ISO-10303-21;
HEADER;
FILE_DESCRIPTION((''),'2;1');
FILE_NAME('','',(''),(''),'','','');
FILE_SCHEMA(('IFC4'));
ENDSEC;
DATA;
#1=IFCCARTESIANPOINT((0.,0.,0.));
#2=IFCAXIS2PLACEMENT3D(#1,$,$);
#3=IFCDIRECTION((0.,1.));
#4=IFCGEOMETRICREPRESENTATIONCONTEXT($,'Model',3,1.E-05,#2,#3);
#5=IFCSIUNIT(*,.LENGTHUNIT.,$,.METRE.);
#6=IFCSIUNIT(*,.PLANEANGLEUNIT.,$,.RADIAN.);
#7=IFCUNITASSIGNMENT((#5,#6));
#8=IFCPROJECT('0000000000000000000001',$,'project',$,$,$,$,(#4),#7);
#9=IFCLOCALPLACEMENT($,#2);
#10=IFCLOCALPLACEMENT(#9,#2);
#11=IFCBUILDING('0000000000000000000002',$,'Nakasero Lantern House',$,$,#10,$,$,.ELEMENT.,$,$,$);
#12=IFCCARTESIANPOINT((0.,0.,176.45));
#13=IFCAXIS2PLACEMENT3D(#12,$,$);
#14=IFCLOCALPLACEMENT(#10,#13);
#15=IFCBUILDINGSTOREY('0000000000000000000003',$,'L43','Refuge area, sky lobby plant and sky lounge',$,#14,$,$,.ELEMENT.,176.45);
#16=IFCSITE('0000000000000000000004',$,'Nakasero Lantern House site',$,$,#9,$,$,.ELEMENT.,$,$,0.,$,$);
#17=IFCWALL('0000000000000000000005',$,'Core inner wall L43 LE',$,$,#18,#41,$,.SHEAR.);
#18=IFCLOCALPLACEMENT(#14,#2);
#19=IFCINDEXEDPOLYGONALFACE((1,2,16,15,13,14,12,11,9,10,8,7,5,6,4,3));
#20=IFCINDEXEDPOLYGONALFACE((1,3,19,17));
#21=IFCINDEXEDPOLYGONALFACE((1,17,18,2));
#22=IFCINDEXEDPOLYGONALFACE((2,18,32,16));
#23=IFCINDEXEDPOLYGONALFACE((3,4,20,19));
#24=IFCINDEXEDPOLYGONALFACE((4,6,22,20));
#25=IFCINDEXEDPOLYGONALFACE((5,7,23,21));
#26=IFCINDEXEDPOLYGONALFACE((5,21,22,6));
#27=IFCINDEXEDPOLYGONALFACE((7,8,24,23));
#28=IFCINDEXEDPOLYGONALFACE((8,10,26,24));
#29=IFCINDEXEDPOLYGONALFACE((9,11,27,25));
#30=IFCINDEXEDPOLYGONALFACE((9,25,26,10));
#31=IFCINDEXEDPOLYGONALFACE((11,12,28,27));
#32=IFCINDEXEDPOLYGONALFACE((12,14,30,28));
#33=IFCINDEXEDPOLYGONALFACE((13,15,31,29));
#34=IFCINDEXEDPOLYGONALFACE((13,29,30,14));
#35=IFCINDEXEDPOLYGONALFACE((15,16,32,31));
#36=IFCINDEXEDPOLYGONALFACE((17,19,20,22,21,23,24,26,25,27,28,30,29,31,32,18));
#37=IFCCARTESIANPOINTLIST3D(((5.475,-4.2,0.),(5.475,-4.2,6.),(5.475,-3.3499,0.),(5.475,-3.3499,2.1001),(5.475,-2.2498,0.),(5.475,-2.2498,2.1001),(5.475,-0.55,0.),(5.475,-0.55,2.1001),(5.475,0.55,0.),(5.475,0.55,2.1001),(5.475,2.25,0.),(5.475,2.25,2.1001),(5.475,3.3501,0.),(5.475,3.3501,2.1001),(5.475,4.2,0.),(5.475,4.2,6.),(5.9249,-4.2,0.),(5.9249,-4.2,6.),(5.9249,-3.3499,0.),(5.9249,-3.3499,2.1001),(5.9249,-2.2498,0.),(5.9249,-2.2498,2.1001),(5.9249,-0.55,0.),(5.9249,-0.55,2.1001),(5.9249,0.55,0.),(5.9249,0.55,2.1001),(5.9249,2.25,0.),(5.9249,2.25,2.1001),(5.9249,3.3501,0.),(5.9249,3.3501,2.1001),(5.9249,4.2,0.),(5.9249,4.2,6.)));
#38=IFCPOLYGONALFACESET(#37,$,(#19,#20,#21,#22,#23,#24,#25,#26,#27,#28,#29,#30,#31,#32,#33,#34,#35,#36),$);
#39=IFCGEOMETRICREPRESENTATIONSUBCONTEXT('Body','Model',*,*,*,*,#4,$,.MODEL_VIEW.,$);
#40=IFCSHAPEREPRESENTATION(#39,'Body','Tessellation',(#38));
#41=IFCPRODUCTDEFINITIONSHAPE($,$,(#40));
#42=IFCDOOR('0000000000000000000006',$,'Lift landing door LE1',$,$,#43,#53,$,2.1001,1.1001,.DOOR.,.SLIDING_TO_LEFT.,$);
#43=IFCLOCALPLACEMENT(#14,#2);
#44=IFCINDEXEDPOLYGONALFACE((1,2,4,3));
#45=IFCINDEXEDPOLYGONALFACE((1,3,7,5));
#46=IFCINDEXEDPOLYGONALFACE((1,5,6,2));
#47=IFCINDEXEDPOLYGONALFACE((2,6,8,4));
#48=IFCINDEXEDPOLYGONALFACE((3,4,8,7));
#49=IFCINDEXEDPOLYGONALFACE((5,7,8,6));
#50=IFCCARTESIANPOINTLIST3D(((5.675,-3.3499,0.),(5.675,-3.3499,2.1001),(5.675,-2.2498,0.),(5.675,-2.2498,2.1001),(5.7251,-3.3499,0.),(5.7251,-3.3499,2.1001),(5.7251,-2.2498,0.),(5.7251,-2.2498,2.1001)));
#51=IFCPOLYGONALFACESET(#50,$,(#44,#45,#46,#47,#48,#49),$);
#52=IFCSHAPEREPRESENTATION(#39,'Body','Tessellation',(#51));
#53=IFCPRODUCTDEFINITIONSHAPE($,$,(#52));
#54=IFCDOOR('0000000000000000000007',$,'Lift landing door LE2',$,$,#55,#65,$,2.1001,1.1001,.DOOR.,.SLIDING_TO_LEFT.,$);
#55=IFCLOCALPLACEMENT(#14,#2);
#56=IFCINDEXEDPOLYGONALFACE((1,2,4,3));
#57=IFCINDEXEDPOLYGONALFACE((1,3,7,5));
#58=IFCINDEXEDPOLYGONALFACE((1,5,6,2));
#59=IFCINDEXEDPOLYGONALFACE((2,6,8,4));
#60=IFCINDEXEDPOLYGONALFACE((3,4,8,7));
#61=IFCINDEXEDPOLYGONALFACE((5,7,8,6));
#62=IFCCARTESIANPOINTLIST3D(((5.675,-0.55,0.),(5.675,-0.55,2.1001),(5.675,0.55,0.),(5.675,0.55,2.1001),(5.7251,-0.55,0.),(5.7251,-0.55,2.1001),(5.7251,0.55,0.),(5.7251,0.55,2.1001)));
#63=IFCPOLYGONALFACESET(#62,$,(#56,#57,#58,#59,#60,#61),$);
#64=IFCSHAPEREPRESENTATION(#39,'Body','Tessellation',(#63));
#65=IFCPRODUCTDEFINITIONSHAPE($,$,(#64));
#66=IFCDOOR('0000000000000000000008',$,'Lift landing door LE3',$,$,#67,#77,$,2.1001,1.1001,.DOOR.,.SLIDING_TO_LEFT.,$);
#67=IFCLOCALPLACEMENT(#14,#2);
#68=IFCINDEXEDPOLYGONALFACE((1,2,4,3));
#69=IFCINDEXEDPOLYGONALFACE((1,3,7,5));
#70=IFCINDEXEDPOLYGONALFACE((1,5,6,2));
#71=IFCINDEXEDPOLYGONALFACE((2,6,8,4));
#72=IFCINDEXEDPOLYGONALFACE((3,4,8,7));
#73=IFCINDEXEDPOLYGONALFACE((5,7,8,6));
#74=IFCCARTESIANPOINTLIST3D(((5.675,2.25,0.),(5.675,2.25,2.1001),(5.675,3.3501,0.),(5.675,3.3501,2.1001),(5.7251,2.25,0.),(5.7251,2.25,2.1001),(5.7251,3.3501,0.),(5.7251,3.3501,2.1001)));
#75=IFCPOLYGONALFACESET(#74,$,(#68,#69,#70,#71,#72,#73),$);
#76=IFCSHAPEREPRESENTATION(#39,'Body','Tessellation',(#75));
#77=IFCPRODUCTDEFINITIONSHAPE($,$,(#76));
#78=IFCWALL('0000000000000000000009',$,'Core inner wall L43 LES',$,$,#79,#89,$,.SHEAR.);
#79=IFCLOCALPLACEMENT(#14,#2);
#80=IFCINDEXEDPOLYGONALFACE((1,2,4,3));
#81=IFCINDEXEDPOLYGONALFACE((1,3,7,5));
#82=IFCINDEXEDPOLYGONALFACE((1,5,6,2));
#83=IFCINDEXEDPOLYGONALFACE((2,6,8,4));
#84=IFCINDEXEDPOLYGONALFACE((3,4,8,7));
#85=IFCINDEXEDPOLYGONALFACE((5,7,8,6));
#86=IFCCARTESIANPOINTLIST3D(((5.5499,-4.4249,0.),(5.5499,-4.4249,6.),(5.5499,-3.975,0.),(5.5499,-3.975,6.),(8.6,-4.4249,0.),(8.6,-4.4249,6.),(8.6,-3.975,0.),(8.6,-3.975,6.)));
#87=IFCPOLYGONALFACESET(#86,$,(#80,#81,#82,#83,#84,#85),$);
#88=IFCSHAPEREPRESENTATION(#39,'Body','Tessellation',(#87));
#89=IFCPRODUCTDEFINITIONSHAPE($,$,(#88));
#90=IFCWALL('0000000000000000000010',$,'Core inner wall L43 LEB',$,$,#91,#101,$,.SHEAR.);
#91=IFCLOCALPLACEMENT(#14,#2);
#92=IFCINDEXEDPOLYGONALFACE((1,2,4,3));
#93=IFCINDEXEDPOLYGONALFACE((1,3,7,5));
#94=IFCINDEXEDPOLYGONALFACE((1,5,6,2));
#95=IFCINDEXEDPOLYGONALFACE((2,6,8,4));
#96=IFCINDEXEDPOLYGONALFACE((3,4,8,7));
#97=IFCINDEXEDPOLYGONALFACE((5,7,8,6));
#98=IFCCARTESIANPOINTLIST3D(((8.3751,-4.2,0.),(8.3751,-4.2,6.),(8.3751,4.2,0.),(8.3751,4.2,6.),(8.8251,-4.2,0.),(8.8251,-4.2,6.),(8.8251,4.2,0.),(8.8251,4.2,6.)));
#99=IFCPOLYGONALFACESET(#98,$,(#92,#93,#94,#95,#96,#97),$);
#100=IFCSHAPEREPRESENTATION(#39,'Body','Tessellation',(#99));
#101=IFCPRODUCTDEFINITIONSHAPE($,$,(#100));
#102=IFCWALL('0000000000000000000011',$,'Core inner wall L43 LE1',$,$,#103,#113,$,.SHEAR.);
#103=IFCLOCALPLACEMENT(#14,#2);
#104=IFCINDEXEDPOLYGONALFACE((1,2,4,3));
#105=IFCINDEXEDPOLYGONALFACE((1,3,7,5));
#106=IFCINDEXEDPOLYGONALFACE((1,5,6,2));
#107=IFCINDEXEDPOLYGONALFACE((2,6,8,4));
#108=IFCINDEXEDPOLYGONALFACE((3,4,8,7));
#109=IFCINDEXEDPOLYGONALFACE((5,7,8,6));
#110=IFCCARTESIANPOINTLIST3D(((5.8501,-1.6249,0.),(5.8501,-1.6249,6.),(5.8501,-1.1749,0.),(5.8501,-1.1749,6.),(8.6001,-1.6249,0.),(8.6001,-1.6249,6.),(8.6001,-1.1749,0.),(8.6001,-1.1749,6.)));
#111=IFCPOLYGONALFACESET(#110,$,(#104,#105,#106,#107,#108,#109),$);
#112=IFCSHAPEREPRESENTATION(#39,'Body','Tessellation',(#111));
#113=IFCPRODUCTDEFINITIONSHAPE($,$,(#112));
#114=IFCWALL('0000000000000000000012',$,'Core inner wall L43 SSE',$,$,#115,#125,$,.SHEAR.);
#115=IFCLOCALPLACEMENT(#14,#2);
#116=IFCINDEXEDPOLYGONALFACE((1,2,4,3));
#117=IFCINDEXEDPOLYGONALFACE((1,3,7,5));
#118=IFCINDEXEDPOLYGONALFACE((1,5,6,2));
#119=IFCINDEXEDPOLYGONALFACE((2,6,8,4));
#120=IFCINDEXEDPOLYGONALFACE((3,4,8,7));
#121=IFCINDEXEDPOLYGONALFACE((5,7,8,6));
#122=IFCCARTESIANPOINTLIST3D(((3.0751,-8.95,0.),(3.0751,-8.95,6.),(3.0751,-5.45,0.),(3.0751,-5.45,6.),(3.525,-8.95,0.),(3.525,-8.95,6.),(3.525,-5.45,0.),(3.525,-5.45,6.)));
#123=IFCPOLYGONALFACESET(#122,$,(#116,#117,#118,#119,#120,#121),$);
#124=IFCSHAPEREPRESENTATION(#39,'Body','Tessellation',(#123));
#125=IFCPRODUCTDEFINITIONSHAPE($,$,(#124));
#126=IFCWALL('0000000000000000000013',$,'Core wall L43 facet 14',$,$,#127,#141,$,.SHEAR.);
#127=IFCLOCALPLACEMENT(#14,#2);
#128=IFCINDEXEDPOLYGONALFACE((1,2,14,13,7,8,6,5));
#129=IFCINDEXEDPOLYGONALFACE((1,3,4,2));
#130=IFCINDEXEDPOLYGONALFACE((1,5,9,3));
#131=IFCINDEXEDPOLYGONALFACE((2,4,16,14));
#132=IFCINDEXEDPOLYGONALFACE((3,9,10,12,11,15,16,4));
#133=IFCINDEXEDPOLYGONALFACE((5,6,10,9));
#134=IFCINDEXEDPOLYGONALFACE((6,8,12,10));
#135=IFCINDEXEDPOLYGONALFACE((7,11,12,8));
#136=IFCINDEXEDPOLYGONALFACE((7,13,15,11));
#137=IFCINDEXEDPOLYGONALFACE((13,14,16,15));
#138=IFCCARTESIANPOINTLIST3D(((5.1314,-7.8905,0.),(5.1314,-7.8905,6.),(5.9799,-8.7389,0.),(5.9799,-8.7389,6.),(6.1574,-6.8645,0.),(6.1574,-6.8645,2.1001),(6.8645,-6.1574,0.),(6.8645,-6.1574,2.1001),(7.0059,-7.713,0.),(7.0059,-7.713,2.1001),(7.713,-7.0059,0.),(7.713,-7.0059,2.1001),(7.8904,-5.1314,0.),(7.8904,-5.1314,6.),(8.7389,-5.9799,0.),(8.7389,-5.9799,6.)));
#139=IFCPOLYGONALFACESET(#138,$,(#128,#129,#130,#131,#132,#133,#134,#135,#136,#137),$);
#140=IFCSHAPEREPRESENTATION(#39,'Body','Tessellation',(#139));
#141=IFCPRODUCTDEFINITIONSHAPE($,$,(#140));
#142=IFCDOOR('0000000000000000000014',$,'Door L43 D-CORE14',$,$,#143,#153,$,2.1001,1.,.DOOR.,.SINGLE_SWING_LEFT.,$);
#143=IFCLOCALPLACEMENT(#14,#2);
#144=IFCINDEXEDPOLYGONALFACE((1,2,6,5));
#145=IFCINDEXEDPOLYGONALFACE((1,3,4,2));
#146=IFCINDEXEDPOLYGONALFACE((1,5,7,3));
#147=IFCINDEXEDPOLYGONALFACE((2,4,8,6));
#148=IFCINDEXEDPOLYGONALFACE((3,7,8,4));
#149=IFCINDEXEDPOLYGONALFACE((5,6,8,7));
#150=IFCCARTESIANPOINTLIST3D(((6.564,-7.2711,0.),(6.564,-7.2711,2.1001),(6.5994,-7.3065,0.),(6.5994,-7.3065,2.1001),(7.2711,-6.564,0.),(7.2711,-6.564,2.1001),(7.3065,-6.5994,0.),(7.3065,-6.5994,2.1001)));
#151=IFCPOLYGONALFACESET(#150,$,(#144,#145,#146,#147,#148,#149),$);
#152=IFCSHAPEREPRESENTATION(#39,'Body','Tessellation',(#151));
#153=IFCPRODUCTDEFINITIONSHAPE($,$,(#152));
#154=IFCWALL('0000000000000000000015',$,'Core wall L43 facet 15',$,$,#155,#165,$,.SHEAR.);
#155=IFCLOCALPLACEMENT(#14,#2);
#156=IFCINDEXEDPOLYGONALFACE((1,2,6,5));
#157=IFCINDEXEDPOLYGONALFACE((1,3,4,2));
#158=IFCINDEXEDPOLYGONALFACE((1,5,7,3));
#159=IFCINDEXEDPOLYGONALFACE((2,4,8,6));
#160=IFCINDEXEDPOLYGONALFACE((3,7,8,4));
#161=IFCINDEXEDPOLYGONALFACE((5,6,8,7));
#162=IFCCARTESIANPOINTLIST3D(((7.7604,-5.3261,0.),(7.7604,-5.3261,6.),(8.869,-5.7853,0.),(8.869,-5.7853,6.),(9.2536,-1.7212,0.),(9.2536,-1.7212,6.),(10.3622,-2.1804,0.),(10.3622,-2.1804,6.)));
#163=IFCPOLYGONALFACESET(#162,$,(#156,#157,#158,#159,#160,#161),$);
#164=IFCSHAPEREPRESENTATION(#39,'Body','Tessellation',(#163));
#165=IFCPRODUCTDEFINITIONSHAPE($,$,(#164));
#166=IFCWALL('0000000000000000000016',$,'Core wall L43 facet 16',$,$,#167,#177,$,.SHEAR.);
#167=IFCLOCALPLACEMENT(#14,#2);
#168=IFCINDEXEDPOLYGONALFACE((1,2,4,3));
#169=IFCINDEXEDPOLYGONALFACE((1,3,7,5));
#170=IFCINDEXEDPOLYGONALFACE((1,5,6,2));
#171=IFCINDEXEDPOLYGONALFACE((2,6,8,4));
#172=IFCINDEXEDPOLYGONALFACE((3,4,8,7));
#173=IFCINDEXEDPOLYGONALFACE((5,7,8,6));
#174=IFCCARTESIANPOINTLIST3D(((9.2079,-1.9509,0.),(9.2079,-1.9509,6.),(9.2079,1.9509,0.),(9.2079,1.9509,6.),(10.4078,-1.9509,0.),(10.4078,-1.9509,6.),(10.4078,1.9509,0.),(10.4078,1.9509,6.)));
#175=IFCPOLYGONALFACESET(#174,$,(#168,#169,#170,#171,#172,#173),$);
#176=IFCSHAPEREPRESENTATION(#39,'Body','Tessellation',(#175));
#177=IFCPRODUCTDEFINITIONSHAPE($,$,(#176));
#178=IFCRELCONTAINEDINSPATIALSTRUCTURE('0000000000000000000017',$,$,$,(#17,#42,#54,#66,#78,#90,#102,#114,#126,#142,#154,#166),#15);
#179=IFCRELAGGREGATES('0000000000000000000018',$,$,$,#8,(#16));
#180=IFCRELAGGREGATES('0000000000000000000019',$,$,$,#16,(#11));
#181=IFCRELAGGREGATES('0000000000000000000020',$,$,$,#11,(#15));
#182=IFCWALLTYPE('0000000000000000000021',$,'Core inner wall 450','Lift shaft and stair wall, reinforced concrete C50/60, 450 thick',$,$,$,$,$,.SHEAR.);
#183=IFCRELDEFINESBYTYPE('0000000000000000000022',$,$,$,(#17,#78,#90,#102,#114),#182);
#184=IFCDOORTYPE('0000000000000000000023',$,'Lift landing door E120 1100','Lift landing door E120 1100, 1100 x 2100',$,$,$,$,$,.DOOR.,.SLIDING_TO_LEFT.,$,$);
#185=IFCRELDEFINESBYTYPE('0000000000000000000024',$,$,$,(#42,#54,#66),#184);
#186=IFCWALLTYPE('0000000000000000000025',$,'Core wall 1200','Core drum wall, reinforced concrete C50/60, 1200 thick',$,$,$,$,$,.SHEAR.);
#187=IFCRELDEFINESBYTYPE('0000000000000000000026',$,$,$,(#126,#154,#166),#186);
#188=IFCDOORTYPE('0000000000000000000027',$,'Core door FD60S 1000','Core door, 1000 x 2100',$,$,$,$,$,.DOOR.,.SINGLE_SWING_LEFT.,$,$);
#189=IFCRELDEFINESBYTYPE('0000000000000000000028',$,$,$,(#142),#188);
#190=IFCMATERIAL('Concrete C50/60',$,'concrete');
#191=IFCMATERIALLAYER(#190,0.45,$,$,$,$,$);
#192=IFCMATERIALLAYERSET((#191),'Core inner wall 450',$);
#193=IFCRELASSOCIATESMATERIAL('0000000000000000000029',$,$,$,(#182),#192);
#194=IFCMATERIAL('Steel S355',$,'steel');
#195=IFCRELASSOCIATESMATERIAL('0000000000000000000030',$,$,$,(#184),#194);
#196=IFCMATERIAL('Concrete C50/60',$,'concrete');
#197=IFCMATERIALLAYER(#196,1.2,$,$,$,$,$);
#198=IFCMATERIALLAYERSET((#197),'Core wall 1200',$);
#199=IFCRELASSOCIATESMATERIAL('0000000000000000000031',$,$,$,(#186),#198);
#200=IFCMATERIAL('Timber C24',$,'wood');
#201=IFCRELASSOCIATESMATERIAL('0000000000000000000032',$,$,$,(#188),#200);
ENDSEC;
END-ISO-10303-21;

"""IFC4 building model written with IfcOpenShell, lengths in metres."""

from ifc_helpers import new_model, si_unit, direction, frame, frame_2d, origin, place, context, subcontext, project, spatial, rectangle, extrude, material, layer, layer_set, type_object, element, fill, save


model = new_model("IFC4")

# Units and contexts
model_context = context("Model", 3, precision=1e-05, world=origin(), true_north=direction((0.0, 1.0)))
body_context = subcontext(model_context, "Body", "Model", "MODEL_VIEW")
ifc_project = project(units=[si_unit("LENGTHUNIT", "METRE"), si_unit("PLANEANGLEUNIT", "RADIAN")], contexts=[model_context])

# Site, building, storey
site_placement = place(None, origin())
site = spatial("IfcSite", under=ifc_project, at=site_placement, Name="Nakasero Lantern House site", CompositionType="ELEMENT", RefElevation=0.0)
building_placement = place(site_placement, origin())
building = spatial("IfcBuilding", under=site, at=building_placement, Name="Nakasero Lantern House", CompositionType="ELEMENT")
storey_placement = place(building_placement, frame((0.0, 0.0, 176.45)))
storey = spatial("IfcBuildingStorey", under=building, at=storey_placement, Name="L43", Description="Refuge area, sky lobby plant and sky lounge", CompositionType="ELEMENT", Elevation=176.45)

# Wall, openings, doors
ifc_material_1 = material(Name="Concrete C50/60", Category="concrete")
ifc_layer_1 = layer(ifc_material_1, 0.45)
ifc_layer_set_1 = layer_set([ifc_layer_1], Name="Core inner wall 450")
wall_type_1 = type_object("IfcWallType", Name="Core inner wall 450", Description="Lift shaft and stair wall, reinforced concrete C50/60, 450 thick", PredefinedType="SHEAR", material=ifc_layer_set_1)
wall_1_placement = place(storey_placement, frame((5.7, -4.2, 0.0), z_axis=(0.0, 0.0, 1.0), x_axis=(0.0, 1.0, 0.0)))
wall_1 = element("IfcWall", 1, at=wall_1_placement, inside=storey, type_object=wall_type_1, Name="Core inner wall L43 LE", PredefinedType="SHEAR", context=body_context, shape_type="SweptSolid", body=[
    extrude(rectangle(XDim=8.3999, YDim=0.45, at=frame_2d((4.2, 0.0))), origin(), (0.0, 0.0, 1.0), 6.0),
])
opening_1_placement = place(wall_1_placement, frame((0.8501, 0.0, 0.0)))
opening_1 = element("IfcOpeningElement", 2, at=opening_1_placement, cuts=wall_1, PredefinedType="OPENING", context=body_context, shape_type="SweptSolid", body=[
    extrude(rectangle(XDim=1.1001, YDim=2.1001, at=frame_2d((0.55, 1.05))), frame((0.0, 0.2449, 0.0), z_axis=(0.0, -1.0, 0.0), x_axis=(1.0, 0.0, 0.0)), (0.0, 0.0, 1.0), 0.49),
])
opening_2_placement = place(wall_1_placement, frame((3.6499, 0.0, 0.0)))
opening_2 = element("IfcOpeningElement", 3, at=opening_2_placement, cuts=wall_1, PredefinedType="OPENING", context=body_context, shape_type="SweptSolid", body=[
    extrude(rectangle(XDim=1.1001, YDim=2.1001, at=frame_2d((0.55, 1.05))), frame((0.0, 0.2449, 0.0), z_axis=(0.0, -1.0, 0.0), x_axis=(1.0, 0.0, 0.0)), (0.0, 0.0, 1.0), 0.49),
])
opening_3_placement = place(wall_1_placement, frame((6.45, 0.0, 0.0)))
opening_3 = element("IfcOpeningElement", 4, at=opening_3_placement, cuts=wall_1, PredefinedType="OPENING", context=body_context, shape_type="SweptSolid", body=[
    extrude(rectangle(XDim=1.1001, YDim=2.1001, at=frame_2d((0.55, 1.05))), frame((0.0, 0.2449, 0.0), z_axis=(0.0, -1.0, 0.0), x_axis=(1.0, 0.0, 0.0)), (0.0, 0.0, 1.0), 0.49),
])
ifc_material_2 = material(Name="Steel S355", Category="steel")
door_type_1 = type_object("IfcDoorType", Name="Lift landing door E120 1100", Description="Lift landing door E120 1100, 1100 x 2100", OperationType="SLIDING_TO_LEFT", PredefinedType="DOOR", material=ifc_material_2)
door_1_placement = place(opening_1_placement, origin())
door_1 = element("IfcDoor", 5, at=door_1_placement, inside=storey, type_object=door_type_1, Name="Lift landing door LE1", OperationType="SLIDING_TO_LEFT", OverallHeight=2.1001, OverallWidth=1.1001, PredefinedType="DOOR", context=body_context, shape_type="SweptSolid", body=[
    extrude(rectangle(XDim=1.1001, YDim=2.1001, at=frame_2d((0.55, 1.05))), frame((0.0, 0.0249, 0.0), z_axis=(0.0, -1.0, 0.0), x_axis=(1.0, 0.0, 0.0)), (0.0, 0.0, 1.0), 0.05),
])
fill(opening_1, door_1)
door_2_placement = place(opening_2_placement, origin())
door_2 = element("IfcDoor", 6, at=door_2_placement, inside=storey, type_object=door_type_1, Name="Lift landing door LE2", OperationType="SLIDING_TO_LEFT", OverallHeight=2.1001, OverallWidth=1.1001, PredefinedType="DOOR", context=body_context, shape_type="SweptSolid", body=[
    extrude(rectangle(XDim=1.1001, YDim=2.1001, at=frame_2d((0.55, 1.05))), frame((0.0, 0.0249, 0.0), z_axis=(0.0, -1.0, 0.0), x_axis=(1.0, 0.0, 0.0)), (0.0, 0.0, 1.0), 0.05),
])
fill(opening_2, door_2)
door_3_placement = place(opening_3_placement, origin())
door_3 = element("IfcDoor", 7, at=door_3_placement, inside=storey, type_object=door_type_1, Name="Lift landing door LE3", OperationType="SLIDING_TO_LEFT", OverallHeight=2.1001, OverallWidth=1.1001, PredefinedType="DOOR", context=body_context, shape_type="SweptSolid", body=[
    extrude(rectangle(XDim=1.1001, YDim=2.1001, at=frame_2d((0.55, 1.05))), frame((0.0, 0.0249, 0.0), z_axis=(0.0, -1.0, 0.0), x_axis=(1.0, 0.0, 0.0)), (0.0, 0.0, 1.0), 0.05),
])
fill(opening_3, door_3)

# Walls
wall_2_placement = place(storey_placement, frame((5.55, -4.2, 0.0), z_axis=(0.0, 0.0, 1.0), x_axis=(1.0, 0.0, 0.0)))
element("IfcWall", 8, at=wall_2_placement, inside=storey, type_object=wall_type_1, Name="Core inner wall L43 LES", PredefinedType="SHEAR", context=body_context, shape_type="SweptSolid", body=[
    extrude(rectangle(XDim=3.05, YDim=0.45, at=frame_2d((1.5249, 0.0))), origin(), (0.0, 0.0, 1.0), 6.0),
])
wall_3_placement = place(storey_placement, frame((8.6001, -4.2, 0.0), z_axis=(0.0, 0.0, 1.0), x_axis=(0.0, 1.0, 0.0)))
element("IfcWall", 9, at=wall_3_placement, inside=storey, type_object=wall_type_1, Name="Core inner wall L43 LEB", PredefinedType="SHEAR", context=body_context, shape_type="SweptSolid", body=[
    extrude(rectangle(XDim=8.3999, YDim=0.45, at=frame_2d((4.2, 0.0))), origin(), (0.0, 0.0, 1.0), 6.0),
])
wall_4_placement = place(storey_placement, frame((5.8501, -1.3999, 0.0), z_axis=(0.0, 0.0, 1.0), x_axis=(1.0, 0.0, 0.0)))
element("IfcWall", 10, at=wall_4_placement, inside=storey, type_object=wall_type_1, Name="Core inner wall L43 LE1", PredefinedType="SHEAR", context=body_context, shape_type="SweptSolid", body=[
    extrude(rectangle(XDim=2.75, YDim=0.45, at=frame_2d((1.375, 0.0))), origin(), (0.0, 0.0, 1.0), 6.0),
])
wall_5_placement = place(storey_placement, frame((3.3, -5.45, 0.0), z_axis=(0.0, 0.0, 1.0), x_axis=(0.0, -1.0, 0.0)))
element("IfcWall", 11, at=wall_5_placement, inside=storey, type_object=wall_type_1, Name="Core inner wall L43 SSE", PredefinedType="SHEAR", context=body_context, shape_type="SweptSolid", body=[
    extrude(rectangle(XDim=3.5, YDim=0.45, at=frame_2d((1.75, 0.0))), origin(), (0.0, 0.0, 1.0), 6.0),
])

# Wall, opening, door
ifc_material_3 = material(Name="Concrete C50/60", Category="concrete")
ifc_layer_2 = layer(ifc_material_3, 1.2)
ifc_layer_set_2 = layer_set([ifc_layer_2], Name="Core wall 1200")
wall_type_2 = type_object("IfcWallType", Name="Core wall 1200", Description="Core drum wall, reinforced concrete C50/60, 1200 thick", PredefinedType="SHEAR", material=ifc_layer_set_2)
wall_6_placement = place(storey_placement, frame((5.5557, -8.3147, 0.0), z_axis=(0.0, 0.0, 1.0), x_axis=(0.707107, 0.707107, 0.0)))
wall_6 = element("IfcWall", 12, at=wall_6_placement, inside=storey, type_object=wall_type_2, Name="Core wall L43 facet 14", PredefinedType="SHEAR", context=body_context, shape_type="SweptSolid", body=[
    extrude(rectangle(XDim=3.9019, YDim=1.2, at=frame_2d((1.9509, 0.0))), origin(), (0.0, 0.0, 1.0), 6.0),
])
opening_4_placement = place(wall_6_placement, frame((1.4509, 0.0, 0.0)))
opening_4 = element("IfcOpeningElement", 13, at=opening_4_placement, cuts=wall_6, PredefinedType="OPENING", context=body_context, shape_type="SweptSolid", body=[
    extrude(rectangle(XDim=1.0, YDim=2.1001, at=frame_2d((0.5, 1.05))), frame((0.0, 0.6199, 0.0), z_axis=(0.0, -1.0, 0.0), x_axis=(1.0, 0.0, 0.0)), (0.0, 0.0, 1.0), 1.24),
])
ifc_material_4 = material(Name="Timber C24", Category="wood")
door_type_2 = type_object("IfcDoorType", Name="Core door FD60S 1000", Description="Core door, 1000 x 2100", OperationType="SINGLE_SWING_LEFT", PredefinedType="DOOR", material=ifc_material_4)
door_4_placement = place(opening_4_placement, origin())
door_4 = element("IfcDoor", 14, at=door_4_placement, inside=storey, type_object=door_type_2, Name="Door L43 D-CORE14", OperationType="SINGLE_SWING_LEFT", OverallHeight=2.1001, OverallWidth=1.0, PredefinedType="DOOR", context=body_context, shape_type="SweptSolid", body=[
    extrude(rectangle(XDim=1.0, YDim=2.1001, at=frame_2d((0.5, 1.05))), frame((0.0, 0.0249, 0.0), z_axis=(0.0, -1.0, 0.0), x_axis=(1.0, 0.0, 0.0)), (0.0, 0.0, 1.0), 0.05),
])
fill(opening_4, door_4)

# Walls
for number, where, z_axis, x_axis, name in (
    (15, (8.3147, -5.5557, 0.0), (0.0, 0.0, 1.0), (0.382691, 0.923877, 0.0), "Core wall L43 facet 15"),
    (16, (9.8079, -1.9509, 0.0), (0.0, 0.0, 1.0), (0.0, 1.0, 0.0), "Core wall L43 facet 16"),
):
    element("IfcWall", number, at=place(storey_placement, frame(where, z_axis=z_axis, x_axis=x_axis)), inside=storey, type_object=wall_type_2, Name=name, PredefinedType="SHEAR", context=body_context, shape_type="SweptSolid", body=[
        extrude(rectangle(XDim=3.9019, YDim=1.2, at=frame_2d((1.9509, 0.0))), origin(), (0.0, 0.0, 1.0), 6.0),
    ])

save(model, "model.ifc")
